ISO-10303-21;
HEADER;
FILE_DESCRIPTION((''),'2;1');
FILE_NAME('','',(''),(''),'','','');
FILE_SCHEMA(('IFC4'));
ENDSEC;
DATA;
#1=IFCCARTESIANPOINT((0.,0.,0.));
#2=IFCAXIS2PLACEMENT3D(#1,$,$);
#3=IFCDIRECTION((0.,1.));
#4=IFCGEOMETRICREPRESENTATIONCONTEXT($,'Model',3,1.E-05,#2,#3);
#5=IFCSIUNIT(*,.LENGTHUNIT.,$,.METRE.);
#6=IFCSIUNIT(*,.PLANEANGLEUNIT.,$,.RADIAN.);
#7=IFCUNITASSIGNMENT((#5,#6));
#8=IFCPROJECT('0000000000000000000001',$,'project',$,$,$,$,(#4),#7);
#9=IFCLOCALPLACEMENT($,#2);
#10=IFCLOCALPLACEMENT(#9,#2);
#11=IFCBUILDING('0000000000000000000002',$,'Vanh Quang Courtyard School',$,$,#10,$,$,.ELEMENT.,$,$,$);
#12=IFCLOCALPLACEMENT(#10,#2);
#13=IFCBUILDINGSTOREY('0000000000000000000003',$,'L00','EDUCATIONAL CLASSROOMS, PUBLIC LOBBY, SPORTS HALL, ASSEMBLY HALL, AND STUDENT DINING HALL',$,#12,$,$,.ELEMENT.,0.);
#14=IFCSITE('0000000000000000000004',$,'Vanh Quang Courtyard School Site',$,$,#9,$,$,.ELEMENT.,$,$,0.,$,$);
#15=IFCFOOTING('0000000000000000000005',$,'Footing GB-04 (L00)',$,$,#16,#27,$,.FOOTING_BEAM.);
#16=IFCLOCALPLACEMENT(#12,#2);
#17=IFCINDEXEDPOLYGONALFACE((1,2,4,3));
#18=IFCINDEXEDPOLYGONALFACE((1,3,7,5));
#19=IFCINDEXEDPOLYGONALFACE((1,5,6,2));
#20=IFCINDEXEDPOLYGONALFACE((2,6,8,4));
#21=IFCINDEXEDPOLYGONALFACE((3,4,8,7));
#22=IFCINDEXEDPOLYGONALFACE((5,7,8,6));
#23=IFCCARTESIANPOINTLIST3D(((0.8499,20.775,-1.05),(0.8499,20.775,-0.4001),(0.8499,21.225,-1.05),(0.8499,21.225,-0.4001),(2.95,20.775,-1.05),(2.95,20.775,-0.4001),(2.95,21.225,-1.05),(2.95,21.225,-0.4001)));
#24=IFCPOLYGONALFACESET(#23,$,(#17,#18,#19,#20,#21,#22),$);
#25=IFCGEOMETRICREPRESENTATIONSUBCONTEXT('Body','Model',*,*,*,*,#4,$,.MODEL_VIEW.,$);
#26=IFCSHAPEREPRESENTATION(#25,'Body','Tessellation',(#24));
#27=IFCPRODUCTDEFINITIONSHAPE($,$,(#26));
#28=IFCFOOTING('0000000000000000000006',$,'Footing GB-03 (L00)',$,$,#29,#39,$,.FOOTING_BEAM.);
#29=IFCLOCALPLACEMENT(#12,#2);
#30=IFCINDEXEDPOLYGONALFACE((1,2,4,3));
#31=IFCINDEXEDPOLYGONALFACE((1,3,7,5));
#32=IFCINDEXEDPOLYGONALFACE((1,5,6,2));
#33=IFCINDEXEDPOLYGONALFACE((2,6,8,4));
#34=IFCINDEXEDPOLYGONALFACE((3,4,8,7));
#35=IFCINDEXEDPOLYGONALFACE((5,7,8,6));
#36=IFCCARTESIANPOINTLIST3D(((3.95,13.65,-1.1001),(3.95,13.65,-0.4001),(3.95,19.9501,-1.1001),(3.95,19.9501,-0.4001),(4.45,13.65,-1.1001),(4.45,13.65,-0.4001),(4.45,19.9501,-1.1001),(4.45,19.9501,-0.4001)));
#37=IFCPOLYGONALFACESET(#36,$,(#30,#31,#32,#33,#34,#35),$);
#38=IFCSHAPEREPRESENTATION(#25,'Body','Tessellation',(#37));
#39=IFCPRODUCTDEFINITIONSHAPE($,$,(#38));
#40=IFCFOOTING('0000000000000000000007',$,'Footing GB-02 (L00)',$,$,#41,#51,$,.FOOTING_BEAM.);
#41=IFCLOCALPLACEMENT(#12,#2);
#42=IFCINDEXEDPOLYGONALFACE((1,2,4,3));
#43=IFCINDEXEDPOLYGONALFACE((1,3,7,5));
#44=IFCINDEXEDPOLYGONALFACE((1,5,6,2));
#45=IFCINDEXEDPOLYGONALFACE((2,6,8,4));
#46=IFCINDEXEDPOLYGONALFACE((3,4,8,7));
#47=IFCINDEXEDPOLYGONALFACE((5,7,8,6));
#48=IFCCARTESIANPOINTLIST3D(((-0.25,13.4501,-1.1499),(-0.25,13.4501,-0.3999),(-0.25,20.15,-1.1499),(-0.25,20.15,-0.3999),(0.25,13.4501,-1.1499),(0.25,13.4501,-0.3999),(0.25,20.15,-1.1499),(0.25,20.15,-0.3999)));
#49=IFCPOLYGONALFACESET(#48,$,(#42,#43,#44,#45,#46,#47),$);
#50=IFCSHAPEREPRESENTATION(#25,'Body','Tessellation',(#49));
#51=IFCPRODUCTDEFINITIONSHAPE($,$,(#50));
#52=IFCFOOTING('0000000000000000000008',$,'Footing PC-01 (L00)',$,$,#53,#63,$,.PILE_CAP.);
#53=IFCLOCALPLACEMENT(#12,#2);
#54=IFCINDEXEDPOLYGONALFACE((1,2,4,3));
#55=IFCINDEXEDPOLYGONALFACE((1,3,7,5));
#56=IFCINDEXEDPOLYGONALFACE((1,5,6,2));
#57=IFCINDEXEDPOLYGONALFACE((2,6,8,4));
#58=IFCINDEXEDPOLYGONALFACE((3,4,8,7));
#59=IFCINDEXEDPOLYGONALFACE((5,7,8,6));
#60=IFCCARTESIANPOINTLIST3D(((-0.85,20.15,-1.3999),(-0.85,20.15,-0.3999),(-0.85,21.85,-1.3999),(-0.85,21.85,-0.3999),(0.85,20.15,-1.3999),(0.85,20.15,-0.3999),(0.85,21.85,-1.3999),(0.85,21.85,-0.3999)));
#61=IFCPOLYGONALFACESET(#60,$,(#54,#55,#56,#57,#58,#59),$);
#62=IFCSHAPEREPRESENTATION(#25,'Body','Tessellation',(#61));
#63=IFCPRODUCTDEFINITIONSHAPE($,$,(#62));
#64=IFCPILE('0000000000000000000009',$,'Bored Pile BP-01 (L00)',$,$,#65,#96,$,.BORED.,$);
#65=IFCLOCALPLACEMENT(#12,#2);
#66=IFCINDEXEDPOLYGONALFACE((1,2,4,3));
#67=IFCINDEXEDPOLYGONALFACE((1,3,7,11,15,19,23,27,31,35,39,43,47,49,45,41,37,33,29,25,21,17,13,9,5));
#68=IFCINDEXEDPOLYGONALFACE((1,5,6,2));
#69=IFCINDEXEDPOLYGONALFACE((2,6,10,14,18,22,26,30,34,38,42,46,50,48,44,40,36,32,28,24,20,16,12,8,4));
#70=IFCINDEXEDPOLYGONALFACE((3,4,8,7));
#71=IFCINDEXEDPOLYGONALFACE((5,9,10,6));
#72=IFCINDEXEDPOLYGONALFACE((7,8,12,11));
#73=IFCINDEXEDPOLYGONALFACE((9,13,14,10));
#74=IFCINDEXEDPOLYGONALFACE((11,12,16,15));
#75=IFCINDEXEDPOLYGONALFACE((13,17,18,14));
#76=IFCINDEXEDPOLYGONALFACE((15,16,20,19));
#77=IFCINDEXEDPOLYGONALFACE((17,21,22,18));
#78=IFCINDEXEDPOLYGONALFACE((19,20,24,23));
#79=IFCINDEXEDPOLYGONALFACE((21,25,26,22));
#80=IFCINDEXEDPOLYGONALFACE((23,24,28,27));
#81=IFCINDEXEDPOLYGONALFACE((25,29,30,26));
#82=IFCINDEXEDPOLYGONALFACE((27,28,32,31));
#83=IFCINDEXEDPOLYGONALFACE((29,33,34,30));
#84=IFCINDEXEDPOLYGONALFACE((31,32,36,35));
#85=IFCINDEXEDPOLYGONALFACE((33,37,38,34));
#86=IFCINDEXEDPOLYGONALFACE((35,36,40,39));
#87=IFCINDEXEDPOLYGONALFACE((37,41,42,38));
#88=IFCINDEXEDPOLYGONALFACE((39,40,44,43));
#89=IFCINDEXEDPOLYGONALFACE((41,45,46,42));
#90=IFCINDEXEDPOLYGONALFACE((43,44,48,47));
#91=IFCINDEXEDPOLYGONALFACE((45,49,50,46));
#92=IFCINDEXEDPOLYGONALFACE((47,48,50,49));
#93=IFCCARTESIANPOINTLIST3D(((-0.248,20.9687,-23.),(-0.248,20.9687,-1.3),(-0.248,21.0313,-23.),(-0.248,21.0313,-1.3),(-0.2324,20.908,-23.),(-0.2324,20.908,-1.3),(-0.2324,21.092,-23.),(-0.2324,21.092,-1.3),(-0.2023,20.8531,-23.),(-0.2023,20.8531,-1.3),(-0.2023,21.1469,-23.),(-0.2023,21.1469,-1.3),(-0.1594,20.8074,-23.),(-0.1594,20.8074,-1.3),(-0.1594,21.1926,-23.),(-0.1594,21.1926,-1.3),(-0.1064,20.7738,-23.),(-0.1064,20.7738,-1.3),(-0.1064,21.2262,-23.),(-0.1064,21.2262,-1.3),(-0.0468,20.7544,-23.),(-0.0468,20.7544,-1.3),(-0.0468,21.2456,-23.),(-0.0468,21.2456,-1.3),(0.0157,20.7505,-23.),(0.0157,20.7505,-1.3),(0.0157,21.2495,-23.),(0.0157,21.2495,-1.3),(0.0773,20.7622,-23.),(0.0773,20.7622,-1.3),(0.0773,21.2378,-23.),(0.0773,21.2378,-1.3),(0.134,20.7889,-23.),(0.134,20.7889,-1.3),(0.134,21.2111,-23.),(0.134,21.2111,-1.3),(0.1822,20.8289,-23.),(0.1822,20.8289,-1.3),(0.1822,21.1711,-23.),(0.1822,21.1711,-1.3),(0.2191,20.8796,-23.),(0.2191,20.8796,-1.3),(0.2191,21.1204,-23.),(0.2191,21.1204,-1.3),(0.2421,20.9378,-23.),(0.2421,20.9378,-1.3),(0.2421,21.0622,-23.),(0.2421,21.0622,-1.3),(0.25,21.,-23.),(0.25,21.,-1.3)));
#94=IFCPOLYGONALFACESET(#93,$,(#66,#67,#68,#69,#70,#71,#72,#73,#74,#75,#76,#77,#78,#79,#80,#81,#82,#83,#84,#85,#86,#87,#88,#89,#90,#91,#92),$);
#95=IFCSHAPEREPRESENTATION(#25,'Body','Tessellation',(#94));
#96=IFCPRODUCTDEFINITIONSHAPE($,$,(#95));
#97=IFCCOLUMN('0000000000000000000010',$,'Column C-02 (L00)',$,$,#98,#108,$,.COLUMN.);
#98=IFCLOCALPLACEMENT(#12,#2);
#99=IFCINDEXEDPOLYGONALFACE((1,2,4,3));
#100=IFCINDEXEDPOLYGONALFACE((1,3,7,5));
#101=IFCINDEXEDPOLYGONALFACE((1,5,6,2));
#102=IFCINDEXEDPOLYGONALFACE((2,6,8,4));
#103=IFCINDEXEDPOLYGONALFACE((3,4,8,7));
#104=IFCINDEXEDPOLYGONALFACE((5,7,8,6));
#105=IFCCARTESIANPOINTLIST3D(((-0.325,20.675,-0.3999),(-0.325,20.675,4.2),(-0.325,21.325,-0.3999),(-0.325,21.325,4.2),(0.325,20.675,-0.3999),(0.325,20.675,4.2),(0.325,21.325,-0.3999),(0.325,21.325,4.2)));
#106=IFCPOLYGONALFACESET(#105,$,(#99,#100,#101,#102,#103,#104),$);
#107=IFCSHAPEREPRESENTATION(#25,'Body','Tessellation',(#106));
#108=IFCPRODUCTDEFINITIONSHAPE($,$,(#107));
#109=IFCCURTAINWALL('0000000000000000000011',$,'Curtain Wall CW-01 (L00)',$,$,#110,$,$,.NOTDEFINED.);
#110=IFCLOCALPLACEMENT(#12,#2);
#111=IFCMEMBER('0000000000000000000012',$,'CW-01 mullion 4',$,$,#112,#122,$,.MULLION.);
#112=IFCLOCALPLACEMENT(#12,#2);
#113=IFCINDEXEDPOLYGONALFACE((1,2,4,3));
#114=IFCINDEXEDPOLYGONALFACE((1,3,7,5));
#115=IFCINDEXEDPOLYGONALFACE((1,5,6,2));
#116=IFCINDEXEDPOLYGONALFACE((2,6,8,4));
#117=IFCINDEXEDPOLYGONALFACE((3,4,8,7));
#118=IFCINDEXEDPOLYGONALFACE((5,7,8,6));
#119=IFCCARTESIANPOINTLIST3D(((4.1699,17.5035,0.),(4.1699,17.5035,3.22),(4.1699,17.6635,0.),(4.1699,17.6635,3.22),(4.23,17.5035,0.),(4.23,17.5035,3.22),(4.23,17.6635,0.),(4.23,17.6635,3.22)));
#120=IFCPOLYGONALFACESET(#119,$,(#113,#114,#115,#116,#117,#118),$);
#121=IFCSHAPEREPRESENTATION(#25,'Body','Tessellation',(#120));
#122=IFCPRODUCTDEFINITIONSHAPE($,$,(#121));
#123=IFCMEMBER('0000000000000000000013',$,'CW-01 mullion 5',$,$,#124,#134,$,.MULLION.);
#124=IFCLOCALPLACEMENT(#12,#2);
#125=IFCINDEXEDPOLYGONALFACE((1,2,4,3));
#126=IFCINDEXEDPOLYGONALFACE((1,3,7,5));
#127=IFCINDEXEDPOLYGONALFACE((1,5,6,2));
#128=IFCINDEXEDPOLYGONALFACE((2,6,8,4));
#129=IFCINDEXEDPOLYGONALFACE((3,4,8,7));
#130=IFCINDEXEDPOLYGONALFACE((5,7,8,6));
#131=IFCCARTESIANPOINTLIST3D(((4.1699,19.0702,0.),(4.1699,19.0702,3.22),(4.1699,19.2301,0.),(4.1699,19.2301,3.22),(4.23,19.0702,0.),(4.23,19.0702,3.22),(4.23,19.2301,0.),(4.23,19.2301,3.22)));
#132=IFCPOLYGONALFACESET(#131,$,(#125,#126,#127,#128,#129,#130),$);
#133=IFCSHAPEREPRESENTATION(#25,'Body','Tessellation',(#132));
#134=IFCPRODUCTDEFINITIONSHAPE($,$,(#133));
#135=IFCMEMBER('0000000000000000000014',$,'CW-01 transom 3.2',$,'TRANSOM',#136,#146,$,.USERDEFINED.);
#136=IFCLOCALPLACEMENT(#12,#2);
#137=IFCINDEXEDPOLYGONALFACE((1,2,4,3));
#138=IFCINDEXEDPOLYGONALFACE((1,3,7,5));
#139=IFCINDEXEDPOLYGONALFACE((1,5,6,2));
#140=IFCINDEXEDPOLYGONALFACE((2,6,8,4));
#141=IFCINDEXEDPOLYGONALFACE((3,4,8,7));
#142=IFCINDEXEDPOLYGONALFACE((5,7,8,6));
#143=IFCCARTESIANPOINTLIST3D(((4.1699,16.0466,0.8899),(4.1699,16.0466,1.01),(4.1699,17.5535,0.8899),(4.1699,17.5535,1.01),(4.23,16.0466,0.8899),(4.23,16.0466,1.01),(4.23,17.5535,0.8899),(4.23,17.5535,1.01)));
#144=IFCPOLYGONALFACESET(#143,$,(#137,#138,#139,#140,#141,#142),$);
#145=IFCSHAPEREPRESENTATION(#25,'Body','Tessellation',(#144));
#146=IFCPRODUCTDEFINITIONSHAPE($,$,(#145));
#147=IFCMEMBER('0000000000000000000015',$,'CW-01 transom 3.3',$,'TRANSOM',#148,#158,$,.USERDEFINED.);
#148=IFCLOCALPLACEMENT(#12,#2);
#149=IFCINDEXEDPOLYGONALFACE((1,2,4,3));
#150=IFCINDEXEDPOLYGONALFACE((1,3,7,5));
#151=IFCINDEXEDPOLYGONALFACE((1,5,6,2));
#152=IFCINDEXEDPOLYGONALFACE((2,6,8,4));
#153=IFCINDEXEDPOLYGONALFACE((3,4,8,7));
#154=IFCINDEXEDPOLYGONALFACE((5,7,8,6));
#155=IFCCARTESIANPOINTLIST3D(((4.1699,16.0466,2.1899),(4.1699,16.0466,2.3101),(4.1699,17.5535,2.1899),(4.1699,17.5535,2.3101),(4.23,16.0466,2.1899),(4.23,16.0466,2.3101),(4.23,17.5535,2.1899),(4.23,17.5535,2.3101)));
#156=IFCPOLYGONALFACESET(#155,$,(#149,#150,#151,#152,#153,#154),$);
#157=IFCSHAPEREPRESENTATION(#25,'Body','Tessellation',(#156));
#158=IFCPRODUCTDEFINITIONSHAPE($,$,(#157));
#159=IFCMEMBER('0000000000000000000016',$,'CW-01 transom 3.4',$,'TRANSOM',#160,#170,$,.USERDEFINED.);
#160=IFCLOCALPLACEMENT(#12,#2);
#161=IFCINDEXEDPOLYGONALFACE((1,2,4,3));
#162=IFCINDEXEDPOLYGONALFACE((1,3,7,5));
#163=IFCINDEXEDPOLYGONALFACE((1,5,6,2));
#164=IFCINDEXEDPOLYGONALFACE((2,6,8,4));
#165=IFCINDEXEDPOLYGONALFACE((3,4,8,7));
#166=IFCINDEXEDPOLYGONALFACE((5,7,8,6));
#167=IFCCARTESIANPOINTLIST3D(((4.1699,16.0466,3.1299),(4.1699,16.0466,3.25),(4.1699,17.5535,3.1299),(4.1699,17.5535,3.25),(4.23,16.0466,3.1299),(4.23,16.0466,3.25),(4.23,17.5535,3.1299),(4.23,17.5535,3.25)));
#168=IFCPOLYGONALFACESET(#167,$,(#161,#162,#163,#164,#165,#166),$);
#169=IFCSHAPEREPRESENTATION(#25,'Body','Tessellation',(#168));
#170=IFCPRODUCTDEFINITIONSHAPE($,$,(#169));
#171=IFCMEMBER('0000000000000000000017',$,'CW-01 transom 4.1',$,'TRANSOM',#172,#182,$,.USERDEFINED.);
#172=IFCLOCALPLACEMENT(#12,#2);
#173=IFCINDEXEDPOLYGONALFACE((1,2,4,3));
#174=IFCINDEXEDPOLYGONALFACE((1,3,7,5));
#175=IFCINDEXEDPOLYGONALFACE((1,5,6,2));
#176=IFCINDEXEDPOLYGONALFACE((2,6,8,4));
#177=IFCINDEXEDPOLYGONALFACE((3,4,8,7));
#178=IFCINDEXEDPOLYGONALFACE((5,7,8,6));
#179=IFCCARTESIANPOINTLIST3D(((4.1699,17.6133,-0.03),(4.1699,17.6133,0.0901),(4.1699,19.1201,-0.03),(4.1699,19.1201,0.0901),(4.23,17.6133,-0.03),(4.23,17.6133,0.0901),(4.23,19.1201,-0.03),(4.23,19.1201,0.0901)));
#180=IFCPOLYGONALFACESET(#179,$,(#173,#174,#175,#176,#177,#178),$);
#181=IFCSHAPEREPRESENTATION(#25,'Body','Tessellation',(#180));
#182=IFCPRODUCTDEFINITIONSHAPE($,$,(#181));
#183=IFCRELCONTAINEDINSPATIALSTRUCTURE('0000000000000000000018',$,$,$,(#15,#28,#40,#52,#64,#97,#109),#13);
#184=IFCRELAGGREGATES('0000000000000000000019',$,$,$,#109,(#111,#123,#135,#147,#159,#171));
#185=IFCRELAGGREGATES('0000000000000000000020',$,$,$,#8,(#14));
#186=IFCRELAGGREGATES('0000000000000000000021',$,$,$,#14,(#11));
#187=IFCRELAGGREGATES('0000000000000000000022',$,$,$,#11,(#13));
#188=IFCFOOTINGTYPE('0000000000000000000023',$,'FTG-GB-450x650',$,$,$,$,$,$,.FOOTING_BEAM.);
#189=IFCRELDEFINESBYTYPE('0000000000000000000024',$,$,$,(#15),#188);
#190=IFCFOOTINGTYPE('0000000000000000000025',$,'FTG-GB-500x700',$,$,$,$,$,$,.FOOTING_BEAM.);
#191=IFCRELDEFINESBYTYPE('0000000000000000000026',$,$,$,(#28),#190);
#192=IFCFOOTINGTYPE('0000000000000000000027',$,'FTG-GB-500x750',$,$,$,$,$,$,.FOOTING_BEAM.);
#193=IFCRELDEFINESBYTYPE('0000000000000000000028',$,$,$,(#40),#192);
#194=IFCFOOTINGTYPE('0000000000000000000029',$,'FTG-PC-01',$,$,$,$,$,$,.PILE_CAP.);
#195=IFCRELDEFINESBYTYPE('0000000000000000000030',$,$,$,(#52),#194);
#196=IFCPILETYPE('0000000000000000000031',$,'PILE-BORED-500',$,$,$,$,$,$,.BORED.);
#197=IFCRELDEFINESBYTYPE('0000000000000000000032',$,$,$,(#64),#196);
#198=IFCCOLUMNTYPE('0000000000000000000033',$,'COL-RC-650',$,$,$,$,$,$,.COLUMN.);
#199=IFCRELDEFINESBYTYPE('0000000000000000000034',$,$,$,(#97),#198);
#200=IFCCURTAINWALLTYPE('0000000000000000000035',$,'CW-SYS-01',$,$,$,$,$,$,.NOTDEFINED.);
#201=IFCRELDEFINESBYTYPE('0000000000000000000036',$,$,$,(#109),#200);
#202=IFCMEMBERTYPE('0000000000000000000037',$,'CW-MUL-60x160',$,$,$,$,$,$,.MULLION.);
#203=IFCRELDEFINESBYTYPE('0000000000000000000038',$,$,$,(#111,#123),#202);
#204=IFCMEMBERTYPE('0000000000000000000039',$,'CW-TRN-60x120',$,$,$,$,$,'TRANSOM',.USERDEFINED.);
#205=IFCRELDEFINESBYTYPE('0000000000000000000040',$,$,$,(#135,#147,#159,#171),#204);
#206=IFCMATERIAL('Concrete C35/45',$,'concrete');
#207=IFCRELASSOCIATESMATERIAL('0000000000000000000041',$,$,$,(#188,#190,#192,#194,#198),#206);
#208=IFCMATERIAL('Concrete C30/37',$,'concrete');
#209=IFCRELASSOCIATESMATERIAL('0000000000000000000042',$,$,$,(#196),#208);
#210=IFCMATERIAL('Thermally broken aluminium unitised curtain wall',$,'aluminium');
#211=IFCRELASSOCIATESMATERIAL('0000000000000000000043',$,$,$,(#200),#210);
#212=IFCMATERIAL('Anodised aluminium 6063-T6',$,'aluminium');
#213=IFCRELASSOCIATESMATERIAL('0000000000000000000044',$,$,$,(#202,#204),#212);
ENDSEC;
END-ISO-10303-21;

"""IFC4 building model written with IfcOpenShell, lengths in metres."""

from ifc_helpers import new_model, si_unit, direction, frame, origin, origin_2d, place, context, subcontext, project, spatial, rectangle, circle, extrude, material, material_profile, profile_set, type_object, element, aggregate, save


model = new_model("IFC4")

# Units and contexts
model_context = context("Model", 3, precision=1e-05, world=origin(), true_north=direction((0.0, 1.0)))
body_context = subcontext(model_context, "Body", "Model", "MODEL_VIEW")
ifc_project = project(units=[si_unit("LENGTHUNIT", "METRE"), si_unit("PLANEANGLEUNIT", "RADIAN")], contexts=[model_context])

# Site, building, storey
site_placement = place(None, origin())
site = spatial("IfcSite", under=ifc_project, at=site_placement, Name="Vanh Quang Courtyard School Site", CompositionType="ELEMENT", RefElevation=0.0)
building_placement = place(site_placement, origin())
building = spatial("IfcBuilding", under=site, at=building_placement, Name="Vanh Quang Courtyard School", CompositionType="ELEMENT")
storey_placement = place(building_placement, origin())
storey = spatial("IfcBuildingStorey", under=building, at=storey_placement, Name="L00", Description="EDUCATIONAL CLASSROOMS, PUBLIC LOBBY, SPORTS HALL, ASSEMBLY HALL, AND STUDENT DINING HALL", CompositionType="ELEMENT", Elevation=0.0)

# Footings
ifc_material_1 = material(Name="Concrete C35/45", Category="concrete")
footing_type_1 = type_object("IfcFootingType", Name="FTG-GB-450x650", PredefinedType="FOOTING_BEAM", material=ifc_material_1)
footing_1_placement = place(storey_placement, frame((1.8999, 21.0, -1.05), z_axis=(0.0, 0.0, 1.0), x_axis=(1.0, 0.0, 0.0)))
element("IfcFooting", 1, at=footing_1_placement, inside=storey, type_object=footing_type_1, Name="Footing GB-04 (L00)", PredefinedType="FOOTING_BEAM", context=body_context, shape_type="SweptSolid", body=[
    extrude(rectangle(XDim=2.1001, YDim=0.45, at=origin_2d()), origin(), (0.0, 0.0, 1.0), 0.6499),
])
footing_type_2 = type_object("IfcFootingType", Name="FTG-GB-500x700", PredefinedType="FOOTING_BEAM", material=ifc_material_1)
footing_2_placement = place(storey_placement, frame((4.2, 16.8, -1.1001), z_axis=(0.0, 0.0, 1.0), x_axis=(0.0, 1.0, 0.0)))
element("IfcFooting", 2, at=footing_2_placement, inside=storey, type_object=footing_type_2, Name="Footing GB-03 (L00)", PredefinedType="FOOTING_BEAM", context=body_context, shape_type="SweptSolid", body=[
    extrude(rectangle(XDim=6.3, YDim=0.5, at=origin_2d()), origin(), (0.0, 0.0, 1.0), 0.7),
])
footing_type_3 = type_object("IfcFootingType", Name="FTG-GB-500x750", PredefinedType="FOOTING_BEAM", material=ifc_material_1)
footing_3_placement = place(storey_placement, frame((0.0, 16.8, -1.1499), z_axis=(0.0, 0.0, 1.0), x_axis=(0.0, 1.0, 0.0)))
element("IfcFooting", 3, at=footing_3_placement, inside=storey, type_object=footing_type_3, Name="Footing GB-02 (L00)", PredefinedType="FOOTING_BEAM", context=body_context, shape_type="SweptSolid", body=[
    extrude(rectangle(XDim=6.7, YDim=0.5, at=origin_2d()), origin(), (0.0, 0.0, 1.0), 0.75),
])
footing_type_4 = type_object("IfcFootingType", Name="FTG-PC-01", PredefinedType="PILE_CAP", material=ifc_material_1)
footing_4_placement = place(storey_placement, frame((0.0, 21.0, -1.3999), z_axis=(0.0, 0.0, 1.0), x_axis=(1.0, 0.0, 0.0)))
element("IfcFooting", 4, at=footing_4_placement, inside=storey, type_object=footing_type_4, Name="Footing PC-01 (L00)", PredefinedType="PILE_CAP", context=body_context, shape_type="SweptSolid", body=[
    extrude(rectangle(XDim=1.7, YDim=1.7, at=origin_2d()), origin(), (0.0, 0.0, 1.0), 1.0),
])

# Pile
ifc_material_2 = material(Name="Concrete C30/37", Category="concrete")
ifc_material_profile_1 = material_profile(ifc_material_2, circle(Radius=0.25, at=origin_2d()), Name="PILE D500")
ifc_profile_set_1 = profile_set([ifc_material_profile_1], Name="Concrete C30/37")
pile_type = type_object("IfcPileType", Name="PILE-BORED-500", PredefinedType="BORED", material=ifc_profile_set_1)
pile_placement = place(storey_placement, frame((0.0, 21.0, -1.3), z_axis=(0.0, 0.0, -1.0), x_axis=(1.0, 0.0, 0.0)))
element("IfcPile", 5, at=pile_placement, inside=storey, type_object=pile_type, Name="Bored Pile BP-01 (L00)", PredefinedType="BORED", context=body_context, shape_type="SweptSolid", body=[
    extrude(circle(Radius=0.25, at=origin_2d()), origin(), (0.0, 0.0, 1.0), 21.7),
])

# Column
ifc_material_profile_2 = material_profile(ifc_material_1, rectangle(XDim=0.6499, YDim=0.6499, at=origin_2d()), Name="RC-COL 650x650")
ifc_profile_set_2 = profile_set([ifc_material_profile_2], Name="Concrete C35/45")
column_type = type_object("IfcColumnType", Name="COL-RC-650", PredefinedType="COLUMN", material=ifc_profile_set_2)
column_placement = place(storey_placement, frame((0.0, 21.0, -0.3999), z_axis=(0.0, 0.0, 1.0), x_axis=(1.0, 0.0, 0.0)))
element("IfcColumn", 6, at=column_placement, inside=storey, type_object=column_type, Name="Column C-02 (L00)", PredefinedType="COLUMN", context=body_context, shape_type="SweptSolid", body=[
    extrude(rectangle(XDim=0.6499, YDim=0.6499, at=origin_2d()), origin(), (0.0, 0.0, 1.0), 4.5999),
])

# Curtain wall, members
ifc_material_3 = material(Name="Thermally broken aluminium unitised curtain wall", Category="aluminium")
curtain_wall_type = type_object("IfcCurtainWallType", Name="CW-SYS-01", PredefinedType="NOTDEFINED", material=ifc_material_3)
curtain_wall_placement = place(storey_placement, origin())
curtain_wall = element("IfcCurtainWall", 7, at=curtain_wall_placement, inside=storey, type_object=curtain_wall_type, Name="Curtain Wall CW-01 (L00)", PredefinedType="NOTDEFINED")
ifc_material_4 = material(Name="Anodised aluminium 6063-T6", Category="aluminium")
ifc_material_profile_3 = material_profile(ifc_material_4, rectangle(XDim=0.0601, YDim=0.1599, at=origin_2d()), Name="ALU-MUL 60x160")
ifc_profile_set_3 = profile_set([ifc_material_profile_3], Name="Anodised aluminium 6063-T6")
member_type_1 = type_object("IfcMemberType", Name="CW-MUL-60x160", PredefinedType="MULLION", material=ifc_profile_set_3)
member_1_placement = place(storey_placement, frame((4.2, 17.5835, 0.0), z_axis=(0.0, 0.0, 1.0), x_axis=(-1.0, 0.0, 0.0)))
member_1 = element("IfcMember", 8, at=member_1_placement, type_object=member_type_1, Name="CW-01 mullion 4", PredefinedType="MULLION", context=body_context, shape_type="SweptSolid", body=[
    extrude(rectangle(XDim=0.0601, YDim=0.1599, at=origin_2d()), origin(), (0.0, 0.0, 1.0), 3.22),
])
member_2_placement = place(storey_placement, frame((4.2, 19.1501, 0.0), z_axis=(0.0, 0.0, 1.0), x_axis=(-1.0, 0.0, 0.0)))
member_2 = element("IfcMember", 9, at=member_2_placement, type_object=member_type_1, Name="CW-01 mullion 5", PredefinedType="MULLION", context=body_context, shape_type="SweptSolid", body=[
    extrude(rectangle(XDim=0.0601, YDim=0.1599, at=origin_2d()), origin(), (0.0, 0.0, 1.0), 3.22),
])
ifc_material_profile_4 = material_profile(ifc_material_4, rectangle(XDim=0.0601, YDim=0.1201, at=origin_2d()), Name="ALU-TRN 60x120")
ifc_profile_set_4 = profile_set([ifc_material_profile_4], Name="Anodised aluminium 6063-T6")
member_type_2 = type_object("IfcMemberType", Name="CW-TRN-60x120", ElementType="TRANSOM", PredefinedType="USERDEFINED", material=ifc_profile_set_4)
member_3_placement = place(storey_placement, frame((4.2, 16.0466, 0.95), z_axis=(0.0, 1.0, 0.0), x_axis=(-1.0, 0.0, 0.0)))
member_3 = element("IfcMember", 10, at=member_3_placement, type_object=member_type_2, Name="CW-01 transom 3.2", ObjectType="TRANSOM", PredefinedType="USERDEFINED", context=body_context, shape_type="SweptSolid", body=[
    extrude(rectangle(XDim=0.0601, YDim=0.1201, at=origin_2d()), origin(), (0.0, 0.0, 1.0), 1.5068),
])
member_4_placement = place(storey_placement, frame((4.2, 16.0466, 2.25), z_axis=(0.0, 1.0, 0.0), x_axis=(-1.0, 0.0, 0.0)))
member_4 = element("IfcMember", 11, at=member_4_placement, type_object=member_type_2, Name="CW-01 transom 3.3", ObjectType="TRANSOM", PredefinedType="USERDEFINED", context=body_context, shape_type="SweptSolid", body=[
    extrude(rectangle(XDim=0.0601, YDim=0.1201, at=origin_2d()), origin(), (0.0, 0.0, 1.0), 1.5068),
])
member_5_placement = place(storey_placement, frame((4.2, 16.0466, 3.1899), z_axis=(0.0, 1.0, 0.0), x_axis=(-1.0, 0.0, 0.0)))
member_5 = element("IfcMember", 12, at=member_5_placement, type_object=member_type_2, Name="CW-01 transom 3.4", ObjectType="TRANSOM", PredefinedType="USERDEFINED", context=body_context, shape_type="SweptSolid", body=[
    extrude(rectangle(XDim=0.0601, YDim=0.1201, at=origin_2d()), origin(), (0.0, 0.0, 1.0), 1.5068),
])
member_6_placement = place(storey_placement, frame((4.2, 17.6133, 0.03), z_axis=(0.0, 1.0, 0.0), x_axis=(-1.0, 0.0, 0.0)))
member_6 = element("IfcMember", 13, at=member_6_placement, type_object=member_type_2, Name="CW-01 transom 4.1", ObjectType="TRANSOM", PredefinedType="USERDEFINED", context=body_context, shape_type="SweptSolid", body=[
    extrude(rectangle(XDim=0.0601, YDim=0.1201, at=origin_2d()), origin(), (0.0, 0.0, 1.0), 1.5068),
])
aggregate(curtain_wall, [member_1, member_2, member_3, member_4, member_5, member_6])

save(model, "model.ifc")
